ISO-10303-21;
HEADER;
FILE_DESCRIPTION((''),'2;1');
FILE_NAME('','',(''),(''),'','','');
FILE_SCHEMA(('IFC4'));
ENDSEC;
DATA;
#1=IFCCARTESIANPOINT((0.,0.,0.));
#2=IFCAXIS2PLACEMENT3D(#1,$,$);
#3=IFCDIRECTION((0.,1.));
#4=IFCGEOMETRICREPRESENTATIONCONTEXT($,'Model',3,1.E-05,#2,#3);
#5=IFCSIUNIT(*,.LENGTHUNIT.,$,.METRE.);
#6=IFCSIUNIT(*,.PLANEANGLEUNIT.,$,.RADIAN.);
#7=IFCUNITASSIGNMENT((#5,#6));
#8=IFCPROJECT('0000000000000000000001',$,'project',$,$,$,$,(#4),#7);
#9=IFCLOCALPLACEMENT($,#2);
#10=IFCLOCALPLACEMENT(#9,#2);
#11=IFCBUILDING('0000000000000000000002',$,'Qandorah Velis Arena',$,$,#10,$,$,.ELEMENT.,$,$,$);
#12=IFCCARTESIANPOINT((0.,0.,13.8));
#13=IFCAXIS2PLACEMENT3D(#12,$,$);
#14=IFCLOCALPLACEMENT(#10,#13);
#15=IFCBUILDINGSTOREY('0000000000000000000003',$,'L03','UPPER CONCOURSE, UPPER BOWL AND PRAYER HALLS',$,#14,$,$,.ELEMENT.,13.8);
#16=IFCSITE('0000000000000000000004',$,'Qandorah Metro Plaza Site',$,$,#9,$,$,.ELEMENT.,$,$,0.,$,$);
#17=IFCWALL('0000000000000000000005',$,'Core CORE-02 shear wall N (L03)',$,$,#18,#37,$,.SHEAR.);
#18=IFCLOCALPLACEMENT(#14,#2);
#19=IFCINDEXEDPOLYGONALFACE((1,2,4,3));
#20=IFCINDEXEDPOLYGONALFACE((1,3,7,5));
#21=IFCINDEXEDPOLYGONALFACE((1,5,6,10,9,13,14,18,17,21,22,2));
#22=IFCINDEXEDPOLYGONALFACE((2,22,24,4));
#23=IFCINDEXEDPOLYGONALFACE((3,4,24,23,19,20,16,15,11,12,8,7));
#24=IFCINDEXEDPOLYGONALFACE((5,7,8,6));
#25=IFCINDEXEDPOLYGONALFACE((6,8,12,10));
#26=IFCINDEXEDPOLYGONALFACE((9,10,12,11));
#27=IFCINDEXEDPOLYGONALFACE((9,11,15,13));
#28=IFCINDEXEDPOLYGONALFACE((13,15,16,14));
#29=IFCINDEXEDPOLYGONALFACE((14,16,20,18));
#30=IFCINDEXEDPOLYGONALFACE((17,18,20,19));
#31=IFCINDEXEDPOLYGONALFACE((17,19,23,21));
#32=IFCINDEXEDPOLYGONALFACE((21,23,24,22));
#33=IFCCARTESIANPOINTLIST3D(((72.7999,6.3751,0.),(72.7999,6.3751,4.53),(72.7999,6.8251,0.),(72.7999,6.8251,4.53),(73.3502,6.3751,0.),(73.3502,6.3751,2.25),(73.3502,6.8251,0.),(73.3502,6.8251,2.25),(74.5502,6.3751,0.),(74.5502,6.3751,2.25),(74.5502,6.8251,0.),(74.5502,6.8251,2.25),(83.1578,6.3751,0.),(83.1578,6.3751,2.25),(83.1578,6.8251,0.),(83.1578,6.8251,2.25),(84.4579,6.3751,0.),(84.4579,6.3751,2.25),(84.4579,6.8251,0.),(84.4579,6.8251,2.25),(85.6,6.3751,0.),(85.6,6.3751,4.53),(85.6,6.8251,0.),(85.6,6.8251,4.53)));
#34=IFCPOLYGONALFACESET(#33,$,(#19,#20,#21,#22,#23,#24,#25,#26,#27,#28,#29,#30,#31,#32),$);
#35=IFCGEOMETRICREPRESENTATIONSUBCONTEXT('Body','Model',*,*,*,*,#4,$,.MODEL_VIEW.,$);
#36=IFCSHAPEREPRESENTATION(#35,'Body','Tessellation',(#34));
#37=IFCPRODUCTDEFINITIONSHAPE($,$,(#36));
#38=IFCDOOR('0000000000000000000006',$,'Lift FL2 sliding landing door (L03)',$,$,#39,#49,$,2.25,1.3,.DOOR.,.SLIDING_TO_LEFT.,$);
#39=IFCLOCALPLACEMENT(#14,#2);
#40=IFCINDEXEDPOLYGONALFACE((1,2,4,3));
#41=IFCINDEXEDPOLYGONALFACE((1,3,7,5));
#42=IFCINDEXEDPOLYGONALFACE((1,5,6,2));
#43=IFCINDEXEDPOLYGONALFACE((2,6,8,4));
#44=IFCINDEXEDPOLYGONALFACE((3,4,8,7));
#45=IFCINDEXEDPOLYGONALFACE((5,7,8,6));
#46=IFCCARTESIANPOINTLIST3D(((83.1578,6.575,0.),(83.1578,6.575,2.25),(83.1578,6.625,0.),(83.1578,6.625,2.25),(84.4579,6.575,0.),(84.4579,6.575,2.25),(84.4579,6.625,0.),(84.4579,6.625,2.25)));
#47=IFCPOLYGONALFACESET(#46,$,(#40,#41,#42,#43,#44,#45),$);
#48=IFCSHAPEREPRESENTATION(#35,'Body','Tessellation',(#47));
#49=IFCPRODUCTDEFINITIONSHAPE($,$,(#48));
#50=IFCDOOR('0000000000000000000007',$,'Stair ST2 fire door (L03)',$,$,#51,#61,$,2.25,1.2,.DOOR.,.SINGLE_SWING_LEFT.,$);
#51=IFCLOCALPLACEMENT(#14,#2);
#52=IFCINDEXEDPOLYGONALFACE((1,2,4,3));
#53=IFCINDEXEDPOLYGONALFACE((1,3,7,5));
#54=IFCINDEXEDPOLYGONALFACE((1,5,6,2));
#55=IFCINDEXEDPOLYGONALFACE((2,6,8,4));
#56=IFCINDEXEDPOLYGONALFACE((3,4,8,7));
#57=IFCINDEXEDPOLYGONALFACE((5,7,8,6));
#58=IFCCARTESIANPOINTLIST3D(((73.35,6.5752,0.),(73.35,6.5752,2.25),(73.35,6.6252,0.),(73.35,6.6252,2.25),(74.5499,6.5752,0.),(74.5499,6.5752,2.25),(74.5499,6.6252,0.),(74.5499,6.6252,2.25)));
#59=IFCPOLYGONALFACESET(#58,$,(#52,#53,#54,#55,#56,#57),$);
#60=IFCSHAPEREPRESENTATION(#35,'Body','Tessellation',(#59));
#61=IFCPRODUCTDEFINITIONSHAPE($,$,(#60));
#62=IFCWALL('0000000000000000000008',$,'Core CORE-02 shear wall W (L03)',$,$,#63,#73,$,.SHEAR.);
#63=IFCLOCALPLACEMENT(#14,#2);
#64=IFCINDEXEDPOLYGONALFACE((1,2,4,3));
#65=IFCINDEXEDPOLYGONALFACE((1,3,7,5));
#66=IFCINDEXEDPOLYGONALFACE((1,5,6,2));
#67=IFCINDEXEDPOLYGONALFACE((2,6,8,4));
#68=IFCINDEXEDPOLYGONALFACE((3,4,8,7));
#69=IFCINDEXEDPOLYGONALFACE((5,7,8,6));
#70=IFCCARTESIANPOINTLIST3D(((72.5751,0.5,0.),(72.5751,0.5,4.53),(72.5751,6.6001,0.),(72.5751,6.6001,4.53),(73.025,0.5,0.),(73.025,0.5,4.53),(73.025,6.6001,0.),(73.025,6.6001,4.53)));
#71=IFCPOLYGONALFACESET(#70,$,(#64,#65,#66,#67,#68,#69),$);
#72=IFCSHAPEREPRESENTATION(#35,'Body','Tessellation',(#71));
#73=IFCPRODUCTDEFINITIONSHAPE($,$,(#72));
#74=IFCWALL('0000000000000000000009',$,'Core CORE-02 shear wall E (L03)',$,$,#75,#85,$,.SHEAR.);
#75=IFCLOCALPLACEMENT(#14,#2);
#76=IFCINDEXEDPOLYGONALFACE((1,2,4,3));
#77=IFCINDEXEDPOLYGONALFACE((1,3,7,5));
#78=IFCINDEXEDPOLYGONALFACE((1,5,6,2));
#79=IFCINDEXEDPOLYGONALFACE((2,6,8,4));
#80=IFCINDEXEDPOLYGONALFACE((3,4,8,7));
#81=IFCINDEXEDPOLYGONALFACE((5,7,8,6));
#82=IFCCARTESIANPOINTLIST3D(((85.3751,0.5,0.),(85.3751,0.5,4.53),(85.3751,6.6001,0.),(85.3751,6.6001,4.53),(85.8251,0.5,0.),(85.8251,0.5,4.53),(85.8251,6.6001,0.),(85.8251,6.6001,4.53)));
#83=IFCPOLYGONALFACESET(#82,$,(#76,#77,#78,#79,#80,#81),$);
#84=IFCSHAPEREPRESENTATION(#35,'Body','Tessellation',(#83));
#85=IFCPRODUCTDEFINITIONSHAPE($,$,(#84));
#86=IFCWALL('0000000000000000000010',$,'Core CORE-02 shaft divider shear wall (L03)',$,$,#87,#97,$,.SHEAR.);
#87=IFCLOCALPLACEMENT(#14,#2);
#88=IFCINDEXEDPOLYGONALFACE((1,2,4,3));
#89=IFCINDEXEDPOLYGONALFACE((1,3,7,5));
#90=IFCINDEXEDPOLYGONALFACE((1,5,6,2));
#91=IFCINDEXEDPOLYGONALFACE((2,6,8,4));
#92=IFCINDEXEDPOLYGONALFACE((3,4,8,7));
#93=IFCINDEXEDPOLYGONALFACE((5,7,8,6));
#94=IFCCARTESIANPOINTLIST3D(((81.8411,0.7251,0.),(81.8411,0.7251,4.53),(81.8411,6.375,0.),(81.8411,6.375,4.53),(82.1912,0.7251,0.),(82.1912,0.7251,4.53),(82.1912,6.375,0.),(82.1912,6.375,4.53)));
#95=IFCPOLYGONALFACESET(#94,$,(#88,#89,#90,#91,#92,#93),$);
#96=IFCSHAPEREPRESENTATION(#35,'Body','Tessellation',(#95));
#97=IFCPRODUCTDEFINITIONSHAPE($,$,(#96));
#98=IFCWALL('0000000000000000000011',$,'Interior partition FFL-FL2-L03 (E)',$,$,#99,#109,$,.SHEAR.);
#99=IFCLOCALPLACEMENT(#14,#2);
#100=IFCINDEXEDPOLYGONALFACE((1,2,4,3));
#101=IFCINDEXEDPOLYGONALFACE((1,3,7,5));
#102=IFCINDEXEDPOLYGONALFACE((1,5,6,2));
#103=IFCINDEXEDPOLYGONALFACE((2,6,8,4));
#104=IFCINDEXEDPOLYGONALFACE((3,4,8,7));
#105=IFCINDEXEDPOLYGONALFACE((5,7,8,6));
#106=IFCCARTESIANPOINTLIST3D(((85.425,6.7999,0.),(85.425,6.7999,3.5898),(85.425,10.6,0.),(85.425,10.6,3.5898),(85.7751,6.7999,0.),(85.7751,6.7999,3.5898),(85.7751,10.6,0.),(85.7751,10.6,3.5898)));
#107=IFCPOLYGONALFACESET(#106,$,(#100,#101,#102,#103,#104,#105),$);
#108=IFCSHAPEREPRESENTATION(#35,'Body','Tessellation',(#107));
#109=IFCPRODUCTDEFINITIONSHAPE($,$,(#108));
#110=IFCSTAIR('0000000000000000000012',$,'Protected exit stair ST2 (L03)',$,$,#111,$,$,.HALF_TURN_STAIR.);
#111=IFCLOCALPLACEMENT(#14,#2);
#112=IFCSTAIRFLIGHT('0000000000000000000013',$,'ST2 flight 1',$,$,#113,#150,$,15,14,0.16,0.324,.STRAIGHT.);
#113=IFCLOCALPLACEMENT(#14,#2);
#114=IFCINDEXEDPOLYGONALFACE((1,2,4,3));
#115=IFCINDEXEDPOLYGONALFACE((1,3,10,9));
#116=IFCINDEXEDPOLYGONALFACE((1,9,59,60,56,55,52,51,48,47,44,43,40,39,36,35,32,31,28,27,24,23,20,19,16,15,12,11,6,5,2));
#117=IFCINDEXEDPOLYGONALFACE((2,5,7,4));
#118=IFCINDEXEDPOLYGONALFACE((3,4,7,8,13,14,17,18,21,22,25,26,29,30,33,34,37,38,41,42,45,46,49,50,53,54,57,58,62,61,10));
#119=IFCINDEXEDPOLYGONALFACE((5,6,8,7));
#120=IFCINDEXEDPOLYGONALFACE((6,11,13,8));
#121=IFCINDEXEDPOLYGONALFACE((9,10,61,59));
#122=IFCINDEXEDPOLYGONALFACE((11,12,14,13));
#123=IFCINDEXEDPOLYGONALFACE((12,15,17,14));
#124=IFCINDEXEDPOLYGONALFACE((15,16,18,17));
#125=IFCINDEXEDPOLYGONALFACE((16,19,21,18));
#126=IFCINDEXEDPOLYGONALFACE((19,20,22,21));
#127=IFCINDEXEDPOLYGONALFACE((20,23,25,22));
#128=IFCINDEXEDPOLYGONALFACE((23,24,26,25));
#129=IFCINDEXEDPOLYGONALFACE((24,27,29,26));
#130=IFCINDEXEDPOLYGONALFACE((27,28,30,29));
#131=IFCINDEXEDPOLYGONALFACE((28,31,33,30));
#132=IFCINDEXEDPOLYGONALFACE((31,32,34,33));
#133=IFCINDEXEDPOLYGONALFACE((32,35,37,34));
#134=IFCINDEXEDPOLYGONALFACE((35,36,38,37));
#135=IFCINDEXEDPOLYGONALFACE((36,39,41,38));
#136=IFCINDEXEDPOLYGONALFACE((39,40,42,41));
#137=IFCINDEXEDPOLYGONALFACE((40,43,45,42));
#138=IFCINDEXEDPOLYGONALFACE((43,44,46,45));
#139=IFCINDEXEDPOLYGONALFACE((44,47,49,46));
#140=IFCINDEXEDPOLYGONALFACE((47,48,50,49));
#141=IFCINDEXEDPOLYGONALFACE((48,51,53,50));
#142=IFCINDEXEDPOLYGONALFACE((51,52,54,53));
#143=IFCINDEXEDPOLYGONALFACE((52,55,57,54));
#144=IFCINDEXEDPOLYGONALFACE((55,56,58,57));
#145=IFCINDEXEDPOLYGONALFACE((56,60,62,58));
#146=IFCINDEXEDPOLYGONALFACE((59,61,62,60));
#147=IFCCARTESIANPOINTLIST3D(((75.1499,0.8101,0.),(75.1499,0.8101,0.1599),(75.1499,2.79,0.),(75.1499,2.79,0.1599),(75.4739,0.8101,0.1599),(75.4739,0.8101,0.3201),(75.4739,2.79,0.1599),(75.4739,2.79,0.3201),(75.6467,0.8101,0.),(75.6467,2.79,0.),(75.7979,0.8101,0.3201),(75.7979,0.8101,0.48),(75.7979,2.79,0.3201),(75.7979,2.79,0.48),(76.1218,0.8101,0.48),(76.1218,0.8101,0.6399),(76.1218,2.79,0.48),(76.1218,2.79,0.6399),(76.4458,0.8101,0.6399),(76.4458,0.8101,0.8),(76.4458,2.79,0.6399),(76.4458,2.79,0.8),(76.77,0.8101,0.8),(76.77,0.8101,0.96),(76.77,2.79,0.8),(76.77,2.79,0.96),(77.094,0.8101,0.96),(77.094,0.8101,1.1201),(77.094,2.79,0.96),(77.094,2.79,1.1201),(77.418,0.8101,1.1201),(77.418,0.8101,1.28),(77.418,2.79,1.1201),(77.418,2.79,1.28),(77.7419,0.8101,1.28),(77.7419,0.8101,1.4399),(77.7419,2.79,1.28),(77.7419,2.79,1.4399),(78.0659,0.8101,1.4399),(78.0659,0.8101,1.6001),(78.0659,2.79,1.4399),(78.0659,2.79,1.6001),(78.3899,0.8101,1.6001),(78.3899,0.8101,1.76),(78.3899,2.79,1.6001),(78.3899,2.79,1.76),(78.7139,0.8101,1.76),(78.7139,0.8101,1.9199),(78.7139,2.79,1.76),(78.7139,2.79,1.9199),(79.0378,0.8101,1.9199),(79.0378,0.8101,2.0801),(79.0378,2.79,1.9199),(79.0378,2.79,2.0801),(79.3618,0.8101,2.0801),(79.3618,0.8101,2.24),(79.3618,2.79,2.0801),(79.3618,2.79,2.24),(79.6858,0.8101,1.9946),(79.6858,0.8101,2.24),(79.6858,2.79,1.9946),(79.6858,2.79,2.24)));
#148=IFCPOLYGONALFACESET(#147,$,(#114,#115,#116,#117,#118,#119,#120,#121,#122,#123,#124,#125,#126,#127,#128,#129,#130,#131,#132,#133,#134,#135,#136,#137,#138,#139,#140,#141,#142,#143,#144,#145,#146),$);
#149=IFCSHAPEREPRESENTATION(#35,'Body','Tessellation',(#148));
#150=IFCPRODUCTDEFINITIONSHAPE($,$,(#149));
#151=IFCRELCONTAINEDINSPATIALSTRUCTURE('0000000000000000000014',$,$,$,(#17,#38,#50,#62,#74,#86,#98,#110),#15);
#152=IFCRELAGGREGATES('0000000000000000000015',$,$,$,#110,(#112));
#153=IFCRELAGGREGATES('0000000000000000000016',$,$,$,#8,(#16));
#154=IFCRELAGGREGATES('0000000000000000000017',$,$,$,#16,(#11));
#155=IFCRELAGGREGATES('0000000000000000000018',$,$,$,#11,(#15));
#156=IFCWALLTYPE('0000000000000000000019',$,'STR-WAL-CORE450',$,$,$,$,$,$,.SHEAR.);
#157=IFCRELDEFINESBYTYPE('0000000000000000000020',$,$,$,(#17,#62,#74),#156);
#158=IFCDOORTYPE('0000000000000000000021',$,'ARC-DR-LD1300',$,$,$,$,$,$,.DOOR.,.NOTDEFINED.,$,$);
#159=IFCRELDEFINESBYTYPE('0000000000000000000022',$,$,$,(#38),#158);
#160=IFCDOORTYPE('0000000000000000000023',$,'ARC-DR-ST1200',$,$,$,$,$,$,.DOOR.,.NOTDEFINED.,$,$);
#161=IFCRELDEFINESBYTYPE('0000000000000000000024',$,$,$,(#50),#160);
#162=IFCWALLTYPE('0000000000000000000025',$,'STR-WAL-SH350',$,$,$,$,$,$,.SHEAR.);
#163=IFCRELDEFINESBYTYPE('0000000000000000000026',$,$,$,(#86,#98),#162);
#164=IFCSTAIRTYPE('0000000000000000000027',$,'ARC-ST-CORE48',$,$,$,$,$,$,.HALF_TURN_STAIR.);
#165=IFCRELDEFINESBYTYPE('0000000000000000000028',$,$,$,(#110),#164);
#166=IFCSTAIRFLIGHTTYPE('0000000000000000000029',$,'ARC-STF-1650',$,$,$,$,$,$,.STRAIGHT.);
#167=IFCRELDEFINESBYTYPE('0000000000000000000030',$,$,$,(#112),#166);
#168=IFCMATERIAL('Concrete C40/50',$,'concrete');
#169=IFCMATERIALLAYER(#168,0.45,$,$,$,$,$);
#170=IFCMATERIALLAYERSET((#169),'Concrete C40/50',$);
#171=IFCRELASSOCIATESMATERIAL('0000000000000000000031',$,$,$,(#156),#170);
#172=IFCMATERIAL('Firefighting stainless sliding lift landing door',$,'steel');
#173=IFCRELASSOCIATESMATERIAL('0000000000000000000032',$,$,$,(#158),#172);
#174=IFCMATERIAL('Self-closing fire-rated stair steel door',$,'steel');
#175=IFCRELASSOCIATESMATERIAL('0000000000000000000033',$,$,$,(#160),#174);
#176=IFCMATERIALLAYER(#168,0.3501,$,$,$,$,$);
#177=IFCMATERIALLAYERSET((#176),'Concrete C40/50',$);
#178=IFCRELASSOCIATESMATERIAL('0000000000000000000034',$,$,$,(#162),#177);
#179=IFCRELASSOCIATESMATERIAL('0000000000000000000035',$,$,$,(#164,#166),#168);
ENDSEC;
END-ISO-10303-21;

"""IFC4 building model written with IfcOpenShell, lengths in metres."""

from ifc_helpers import new_model, si_unit, direction, frame, frame_2d, origin, place, context, subcontext, project, spatial, polyline, rectangle, outline, extrude, material, layer, layer_set, type_object, element, fill, aggregate, save


model = new_model("IFC4")

# Units and contexts
model_context = context("Model", 3, precision=1e-05, world=origin(), true_north=direction((0.0, 1.0)))
body_context = subcontext(model_context, "Body", "Model", "MODEL_VIEW")
ifc_project = project(units=[si_unit("LENGTHUNIT", "METRE"), si_unit("PLANEANGLEUNIT", "RADIAN")], contexts=[model_context])

# Site, building, storey
site_placement = place(None, origin())
site = spatial("IfcSite", under=ifc_project, at=site_placement, Name="Qandorah Metro Plaza Site", CompositionType="ELEMENT", RefElevation=0.0)
building_placement = place(site_placement, origin())
building = spatial("IfcBuilding", under=site, at=building_placement, Name="Qandorah Velis Arena", CompositionType="ELEMENT")
storey_placement = place(building_placement, frame((0.0, 0.0, 13.8)))
storey = spatial("IfcBuildingStorey", under=building, at=storey_placement, Name="L03", Description="UPPER CONCOURSE, UPPER BOWL AND PRAYER HALLS", CompositionType="ELEMENT", Elevation=13.8)

# Shared definitions
ifc_material_1 = material(Name="Concrete C40/50", Category="concrete")

# Shared definitions
ifc_layer_1 = layer(ifc_material_1, 0.45)
ifc_layer_set_1 = layer_set([ifc_layer_1], Name="Concrete C40/50")
wall_type_1 = type_object("IfcWallType", Name="STR-WAL-CORE450", PredefinedType="SHEAR", material=ifc_layer_set_1)

# Wall, openings, doors
wall_1_placement = place(storey_placement, frame((72.8, 6.6001, 0.0), z_axis=(0.0, 0.0, 1.0), x_axis=(1.0, 0.0, 0.0)))
wall_1 = element("IfcWall", 1, at=wall_1_placement, inside=storey, type_object=wall_type_1, Name="Core CORE-02 shear wall N (L03)", PredefinedType="SHEAR", context=body_context, shape_type="SweptSolid", body=[
    extrude(rectangle(XDim=12.8, YDim=0.45, at=frame_2d((6.3999, 0.0))), origin(), (0.0, 0.0, 1.0), 4.53),
])
opening_1_placement = place(wall_1_placement, frame((0.55, 0.0, 0.0)))
opening_1 = element("IfcOpeningElement", 2, at=opening_1_placement, cuts=wall_1, PredefinedType="OPENING", context=body_context, shape_type="SweptSolid", body=[
    extrude(rectangle(XDim=1.2, YDim=2.25, at=frame_2d((0.6001, 1.125))), frame((0.0, 0.2349, 0.0), z_axis=(0.0, -1.0, 0.0), x_axis=(1.0, 0.0, 0.0)), (0.0, 0.0, 1.0), 0.47),
])
opening_2_placement = place(wall_1_placement, frame((10.3579, 0.0, 0.0)))
opening_2 = element("IfcOpeningElement", 3, at=opening_2_placement, cuts=wall_1, PredefinedType="OPENING", context=body_context, shape_type="SweptSolid", body=[
    extrude(rectangle(XDim=1.3, YDim=2.25, at=frame_2d((0.6499, 1.125))), frame((0.0, 0.2349, 0.0), z_axis=(0.0, -1.0, 0.0), x_axis=(1.0, 0.0, 0.0)), (0.0, 0.0, 1.0), 0.47),
])
ifc_material_2 = material(Name="Firefighting stainless sliding lift landing door", Category="steel")
door_type_1 = type_object("IfcDoorType", Name="ARC-DR-LD1300", OperationType="NOTDEFINED", PredefinedType="DOOR", material=ifc_material_2)
door_1_placement = place(opening_2_placement, origin())
door_1 = element("IfcDoor", 4, at=door_1_placement, inside=storey, type_object=door_type_1, Name="Lift FL2 sliding landing door (L03)", OperationType="SLIDING_TO_LEFT", OverallHeight=2.25, OverallWidth=1.3, PredefinedType="DOOR", context=body_context, shape_type="SweptSolid", body=[
    extrude(rectangle(XDim=1.3, YDim=2.25, at=frame_2d((0.6499, 1.125))), frame((0.0, 0.0249, 0.0), z_axis=(0.0, -1.0, 0.0), x_axis=(1.0, 0.0, 0.0)), (0.0, 0.0, 1.0), 0.05),
])
fill(opening_2, door_1)
ifc_material_3 = material(Name="Self-closing fire-rated stair steel door", Category="steel")
door_type_2 = type_object("IfcDoorType", Name="ARC-DR-ST1200", OperationType="NOTDEFINED", PredefinedType="DOOR", material=ifc_material_3)
door_2_placement = place(opening_1_placement, frame((1.2, 0.0, 0.0), z_axis=(0.0, 0.0, 1.0), x_axis=(-1.0, 0.0, 0.0)))
door_2 = element("IfcDoor", 5, at=door_2_placement, inside=storey, type_object=door_type_2, Name="Stair ST2 fire door (L03)", OperationType="SINGLE_SWING_LEFT", OverallHeight=2.25, OverallWidth=1.2, PredefinedType="DOOR", context=body_context, shape_type="SweptSolid", body=[
    extrude(rectangle(XDim=1.2, YDim=2.25, at=frame_2d((0.6001, 1.125))), frame((0.0, 0.0249, 0.0), z_axis=(0.0, -1.0, 0.0), x_axis=(1.0, 0.0, 0.0)), (0.0, 0.0, 1.0), 0.05),
])
fill(opening_1, door_2)

# Walls
for number, where, z_axis, x_axis, name in (
    (6, (72.8, 0.5, 0.0), (0.0, 0.0, 1.0), (0.0, 1.0, 0.0), "Core CORE-02 shear wall W (L03)"),
    (7, (85.6001, 0.5, 0.0), (0.0, 0.0, 1.0), (0.0, 1.0, 0.0), "Core CORE-02 shear wall E (L03)"),
):
    element("IfcWall", number, at=place(storey_placement, frame(where, z_axis=z_axis, x_axis=x_axis)), inside=storey, type_object=wall_type_1, Name=name, PredefinedType="SHEAR", context=body_context, shape_type="SweptSolid", body=[
        extrude(rectangle(XDim=6.1001, YDim=0.45, at=frame_2d((3.05, 0.0))), origin(), (0.0, 0.0, 1.0), 4.53),
    ])
ifc_layer_2 = layer(ifc_material_1, 0.3501)
ifc_layer_set_2 = layer_set([ifc_layer_2], Name="Concrete C40/50")
wall_type_2 = type_object("IfcWallType", Name="STR-WAL-SH350", PredefinedType="SHEAR", material=ifc_layer_set_2)
wall_2_placement = place(storey_placement, frame((82.0161, 0.7251, 0.0), z_axis=(0.0, 0.0, 1.0), x_axis=(0.0, 1.0, 0.0)))
element("IfcWall", 8, at=wall_2_placement, inside=storey, type_object=wall_type_2, Name="Core CORE-02 shaft divider shear wall (L03)", PredefinedType="SHEAR", context=body_context, shape_type="SweptSolid", body=[
    extrude(rectangle(XDim=5.6499, YDim=0.3501, at=frame_2d((2.825, 0.0))), origin(), (0.0, 0.0, 1.0), 4.53),
])
wall_3_placement = place(storey_placement, frame((85.6001, 6.8, 0.0), z_axis=(0.0, 0.0, 1.0), x_axis=(0.0, 1.0, 0.0)))
element("IfcWall", 9, at=wall_3_placement, inside=storey, type_object=wall_type_2, Name="Interior partition FFL-FL2-L03 (E)", PredefinedType="SHEAR", context=body_context, shape_type="SweptSolid", body=[
    extrude(rectangle(XDim=3.8, YDim=0.3501, at=frame_2d((1.8999, 0.0))), origin(), (0.0, 0.0, 1.0), 3.5898),
])

# Stair, stair flight
stair_type = type_object("IfcStairType", Name="ARC-ST-CORE48", PredefinedType="HALF_TURN_STAIR", material=ifc_material_1)
stair_placement = place(storey_placement, origin())
stair = element("IfcStair", 10, at=stair_placement, inside=storey, type_object=stair_type, Name="Protected exit stair ST2 (L03)", PredefinedType="HALF_TURN_STAIR")
stair_flight_type = type_object("IfcStairFlightType", Name="ARC-STF-1650", PredefinedType="STRAIGHT", material=ifc_material_1)
stair_flight_1_placement = place(storey_placement, frame((75.1499, 1.8, 0.0), z_axis=(0.0, 0.0, 1.0), x_axis=(1.0, 0.0, 0.0)))
stair_flight_1 = element("IfcStairFlight", 11, at=stair_flight_1_placement, type_object=stair_flight_type, Name="ST2 flight 1", NumberOfRisers=15, NumberOfTreads=14, PredefinedType="STRAIGHT", RiserHeight=0.16, TreadLength=0.324, context=body_context, shape_type="SweptSolid", body=[
    extrude(outline(polyline([(0.0, 0.0), (0.0, 0.1599), (0.324, 0.1599), (0.324, 0.3201), (0.6479, 0.3201), (0.6479, 0.48), (0.9719, 0.48), (0.9719, 0.6399), (1.2959, 0.6399), (1.2959, 0.8), (1.6201, 0.8), (1.6201, 0.96), (1.9441, 0.96), (1.9441, 1.1201), (2.2681, 1.1201), (2.2681, 1.28), (2.592, 1.28), (2.592, 1.4399), (2.916, 1.4399), (2.916, 1.6001), (3.24, 1.6001), (3.24, 1.76), (3.564, 1.76), (3.564, 1.9199), (3.8879, 1.9199), (3.8879, 2.0801), (4.2119, 2.0801), (4.2119, 2.24), (4.5359, 2.24), (4.5359, 2.3999), (4.5359, 1.9946), (0.4968, 0.0), (0.0, 0.0)])), frame((0.0, 0.99, 0.0), z_axis=(0.0, -1.0, 0.0), x_axis=(1.0, 0.0, 0.0)), (0.0, 0.0, 1.0), 1.98),
])
aggregate(stair, [stair_flight_1])

save(model, "model.ifc")
